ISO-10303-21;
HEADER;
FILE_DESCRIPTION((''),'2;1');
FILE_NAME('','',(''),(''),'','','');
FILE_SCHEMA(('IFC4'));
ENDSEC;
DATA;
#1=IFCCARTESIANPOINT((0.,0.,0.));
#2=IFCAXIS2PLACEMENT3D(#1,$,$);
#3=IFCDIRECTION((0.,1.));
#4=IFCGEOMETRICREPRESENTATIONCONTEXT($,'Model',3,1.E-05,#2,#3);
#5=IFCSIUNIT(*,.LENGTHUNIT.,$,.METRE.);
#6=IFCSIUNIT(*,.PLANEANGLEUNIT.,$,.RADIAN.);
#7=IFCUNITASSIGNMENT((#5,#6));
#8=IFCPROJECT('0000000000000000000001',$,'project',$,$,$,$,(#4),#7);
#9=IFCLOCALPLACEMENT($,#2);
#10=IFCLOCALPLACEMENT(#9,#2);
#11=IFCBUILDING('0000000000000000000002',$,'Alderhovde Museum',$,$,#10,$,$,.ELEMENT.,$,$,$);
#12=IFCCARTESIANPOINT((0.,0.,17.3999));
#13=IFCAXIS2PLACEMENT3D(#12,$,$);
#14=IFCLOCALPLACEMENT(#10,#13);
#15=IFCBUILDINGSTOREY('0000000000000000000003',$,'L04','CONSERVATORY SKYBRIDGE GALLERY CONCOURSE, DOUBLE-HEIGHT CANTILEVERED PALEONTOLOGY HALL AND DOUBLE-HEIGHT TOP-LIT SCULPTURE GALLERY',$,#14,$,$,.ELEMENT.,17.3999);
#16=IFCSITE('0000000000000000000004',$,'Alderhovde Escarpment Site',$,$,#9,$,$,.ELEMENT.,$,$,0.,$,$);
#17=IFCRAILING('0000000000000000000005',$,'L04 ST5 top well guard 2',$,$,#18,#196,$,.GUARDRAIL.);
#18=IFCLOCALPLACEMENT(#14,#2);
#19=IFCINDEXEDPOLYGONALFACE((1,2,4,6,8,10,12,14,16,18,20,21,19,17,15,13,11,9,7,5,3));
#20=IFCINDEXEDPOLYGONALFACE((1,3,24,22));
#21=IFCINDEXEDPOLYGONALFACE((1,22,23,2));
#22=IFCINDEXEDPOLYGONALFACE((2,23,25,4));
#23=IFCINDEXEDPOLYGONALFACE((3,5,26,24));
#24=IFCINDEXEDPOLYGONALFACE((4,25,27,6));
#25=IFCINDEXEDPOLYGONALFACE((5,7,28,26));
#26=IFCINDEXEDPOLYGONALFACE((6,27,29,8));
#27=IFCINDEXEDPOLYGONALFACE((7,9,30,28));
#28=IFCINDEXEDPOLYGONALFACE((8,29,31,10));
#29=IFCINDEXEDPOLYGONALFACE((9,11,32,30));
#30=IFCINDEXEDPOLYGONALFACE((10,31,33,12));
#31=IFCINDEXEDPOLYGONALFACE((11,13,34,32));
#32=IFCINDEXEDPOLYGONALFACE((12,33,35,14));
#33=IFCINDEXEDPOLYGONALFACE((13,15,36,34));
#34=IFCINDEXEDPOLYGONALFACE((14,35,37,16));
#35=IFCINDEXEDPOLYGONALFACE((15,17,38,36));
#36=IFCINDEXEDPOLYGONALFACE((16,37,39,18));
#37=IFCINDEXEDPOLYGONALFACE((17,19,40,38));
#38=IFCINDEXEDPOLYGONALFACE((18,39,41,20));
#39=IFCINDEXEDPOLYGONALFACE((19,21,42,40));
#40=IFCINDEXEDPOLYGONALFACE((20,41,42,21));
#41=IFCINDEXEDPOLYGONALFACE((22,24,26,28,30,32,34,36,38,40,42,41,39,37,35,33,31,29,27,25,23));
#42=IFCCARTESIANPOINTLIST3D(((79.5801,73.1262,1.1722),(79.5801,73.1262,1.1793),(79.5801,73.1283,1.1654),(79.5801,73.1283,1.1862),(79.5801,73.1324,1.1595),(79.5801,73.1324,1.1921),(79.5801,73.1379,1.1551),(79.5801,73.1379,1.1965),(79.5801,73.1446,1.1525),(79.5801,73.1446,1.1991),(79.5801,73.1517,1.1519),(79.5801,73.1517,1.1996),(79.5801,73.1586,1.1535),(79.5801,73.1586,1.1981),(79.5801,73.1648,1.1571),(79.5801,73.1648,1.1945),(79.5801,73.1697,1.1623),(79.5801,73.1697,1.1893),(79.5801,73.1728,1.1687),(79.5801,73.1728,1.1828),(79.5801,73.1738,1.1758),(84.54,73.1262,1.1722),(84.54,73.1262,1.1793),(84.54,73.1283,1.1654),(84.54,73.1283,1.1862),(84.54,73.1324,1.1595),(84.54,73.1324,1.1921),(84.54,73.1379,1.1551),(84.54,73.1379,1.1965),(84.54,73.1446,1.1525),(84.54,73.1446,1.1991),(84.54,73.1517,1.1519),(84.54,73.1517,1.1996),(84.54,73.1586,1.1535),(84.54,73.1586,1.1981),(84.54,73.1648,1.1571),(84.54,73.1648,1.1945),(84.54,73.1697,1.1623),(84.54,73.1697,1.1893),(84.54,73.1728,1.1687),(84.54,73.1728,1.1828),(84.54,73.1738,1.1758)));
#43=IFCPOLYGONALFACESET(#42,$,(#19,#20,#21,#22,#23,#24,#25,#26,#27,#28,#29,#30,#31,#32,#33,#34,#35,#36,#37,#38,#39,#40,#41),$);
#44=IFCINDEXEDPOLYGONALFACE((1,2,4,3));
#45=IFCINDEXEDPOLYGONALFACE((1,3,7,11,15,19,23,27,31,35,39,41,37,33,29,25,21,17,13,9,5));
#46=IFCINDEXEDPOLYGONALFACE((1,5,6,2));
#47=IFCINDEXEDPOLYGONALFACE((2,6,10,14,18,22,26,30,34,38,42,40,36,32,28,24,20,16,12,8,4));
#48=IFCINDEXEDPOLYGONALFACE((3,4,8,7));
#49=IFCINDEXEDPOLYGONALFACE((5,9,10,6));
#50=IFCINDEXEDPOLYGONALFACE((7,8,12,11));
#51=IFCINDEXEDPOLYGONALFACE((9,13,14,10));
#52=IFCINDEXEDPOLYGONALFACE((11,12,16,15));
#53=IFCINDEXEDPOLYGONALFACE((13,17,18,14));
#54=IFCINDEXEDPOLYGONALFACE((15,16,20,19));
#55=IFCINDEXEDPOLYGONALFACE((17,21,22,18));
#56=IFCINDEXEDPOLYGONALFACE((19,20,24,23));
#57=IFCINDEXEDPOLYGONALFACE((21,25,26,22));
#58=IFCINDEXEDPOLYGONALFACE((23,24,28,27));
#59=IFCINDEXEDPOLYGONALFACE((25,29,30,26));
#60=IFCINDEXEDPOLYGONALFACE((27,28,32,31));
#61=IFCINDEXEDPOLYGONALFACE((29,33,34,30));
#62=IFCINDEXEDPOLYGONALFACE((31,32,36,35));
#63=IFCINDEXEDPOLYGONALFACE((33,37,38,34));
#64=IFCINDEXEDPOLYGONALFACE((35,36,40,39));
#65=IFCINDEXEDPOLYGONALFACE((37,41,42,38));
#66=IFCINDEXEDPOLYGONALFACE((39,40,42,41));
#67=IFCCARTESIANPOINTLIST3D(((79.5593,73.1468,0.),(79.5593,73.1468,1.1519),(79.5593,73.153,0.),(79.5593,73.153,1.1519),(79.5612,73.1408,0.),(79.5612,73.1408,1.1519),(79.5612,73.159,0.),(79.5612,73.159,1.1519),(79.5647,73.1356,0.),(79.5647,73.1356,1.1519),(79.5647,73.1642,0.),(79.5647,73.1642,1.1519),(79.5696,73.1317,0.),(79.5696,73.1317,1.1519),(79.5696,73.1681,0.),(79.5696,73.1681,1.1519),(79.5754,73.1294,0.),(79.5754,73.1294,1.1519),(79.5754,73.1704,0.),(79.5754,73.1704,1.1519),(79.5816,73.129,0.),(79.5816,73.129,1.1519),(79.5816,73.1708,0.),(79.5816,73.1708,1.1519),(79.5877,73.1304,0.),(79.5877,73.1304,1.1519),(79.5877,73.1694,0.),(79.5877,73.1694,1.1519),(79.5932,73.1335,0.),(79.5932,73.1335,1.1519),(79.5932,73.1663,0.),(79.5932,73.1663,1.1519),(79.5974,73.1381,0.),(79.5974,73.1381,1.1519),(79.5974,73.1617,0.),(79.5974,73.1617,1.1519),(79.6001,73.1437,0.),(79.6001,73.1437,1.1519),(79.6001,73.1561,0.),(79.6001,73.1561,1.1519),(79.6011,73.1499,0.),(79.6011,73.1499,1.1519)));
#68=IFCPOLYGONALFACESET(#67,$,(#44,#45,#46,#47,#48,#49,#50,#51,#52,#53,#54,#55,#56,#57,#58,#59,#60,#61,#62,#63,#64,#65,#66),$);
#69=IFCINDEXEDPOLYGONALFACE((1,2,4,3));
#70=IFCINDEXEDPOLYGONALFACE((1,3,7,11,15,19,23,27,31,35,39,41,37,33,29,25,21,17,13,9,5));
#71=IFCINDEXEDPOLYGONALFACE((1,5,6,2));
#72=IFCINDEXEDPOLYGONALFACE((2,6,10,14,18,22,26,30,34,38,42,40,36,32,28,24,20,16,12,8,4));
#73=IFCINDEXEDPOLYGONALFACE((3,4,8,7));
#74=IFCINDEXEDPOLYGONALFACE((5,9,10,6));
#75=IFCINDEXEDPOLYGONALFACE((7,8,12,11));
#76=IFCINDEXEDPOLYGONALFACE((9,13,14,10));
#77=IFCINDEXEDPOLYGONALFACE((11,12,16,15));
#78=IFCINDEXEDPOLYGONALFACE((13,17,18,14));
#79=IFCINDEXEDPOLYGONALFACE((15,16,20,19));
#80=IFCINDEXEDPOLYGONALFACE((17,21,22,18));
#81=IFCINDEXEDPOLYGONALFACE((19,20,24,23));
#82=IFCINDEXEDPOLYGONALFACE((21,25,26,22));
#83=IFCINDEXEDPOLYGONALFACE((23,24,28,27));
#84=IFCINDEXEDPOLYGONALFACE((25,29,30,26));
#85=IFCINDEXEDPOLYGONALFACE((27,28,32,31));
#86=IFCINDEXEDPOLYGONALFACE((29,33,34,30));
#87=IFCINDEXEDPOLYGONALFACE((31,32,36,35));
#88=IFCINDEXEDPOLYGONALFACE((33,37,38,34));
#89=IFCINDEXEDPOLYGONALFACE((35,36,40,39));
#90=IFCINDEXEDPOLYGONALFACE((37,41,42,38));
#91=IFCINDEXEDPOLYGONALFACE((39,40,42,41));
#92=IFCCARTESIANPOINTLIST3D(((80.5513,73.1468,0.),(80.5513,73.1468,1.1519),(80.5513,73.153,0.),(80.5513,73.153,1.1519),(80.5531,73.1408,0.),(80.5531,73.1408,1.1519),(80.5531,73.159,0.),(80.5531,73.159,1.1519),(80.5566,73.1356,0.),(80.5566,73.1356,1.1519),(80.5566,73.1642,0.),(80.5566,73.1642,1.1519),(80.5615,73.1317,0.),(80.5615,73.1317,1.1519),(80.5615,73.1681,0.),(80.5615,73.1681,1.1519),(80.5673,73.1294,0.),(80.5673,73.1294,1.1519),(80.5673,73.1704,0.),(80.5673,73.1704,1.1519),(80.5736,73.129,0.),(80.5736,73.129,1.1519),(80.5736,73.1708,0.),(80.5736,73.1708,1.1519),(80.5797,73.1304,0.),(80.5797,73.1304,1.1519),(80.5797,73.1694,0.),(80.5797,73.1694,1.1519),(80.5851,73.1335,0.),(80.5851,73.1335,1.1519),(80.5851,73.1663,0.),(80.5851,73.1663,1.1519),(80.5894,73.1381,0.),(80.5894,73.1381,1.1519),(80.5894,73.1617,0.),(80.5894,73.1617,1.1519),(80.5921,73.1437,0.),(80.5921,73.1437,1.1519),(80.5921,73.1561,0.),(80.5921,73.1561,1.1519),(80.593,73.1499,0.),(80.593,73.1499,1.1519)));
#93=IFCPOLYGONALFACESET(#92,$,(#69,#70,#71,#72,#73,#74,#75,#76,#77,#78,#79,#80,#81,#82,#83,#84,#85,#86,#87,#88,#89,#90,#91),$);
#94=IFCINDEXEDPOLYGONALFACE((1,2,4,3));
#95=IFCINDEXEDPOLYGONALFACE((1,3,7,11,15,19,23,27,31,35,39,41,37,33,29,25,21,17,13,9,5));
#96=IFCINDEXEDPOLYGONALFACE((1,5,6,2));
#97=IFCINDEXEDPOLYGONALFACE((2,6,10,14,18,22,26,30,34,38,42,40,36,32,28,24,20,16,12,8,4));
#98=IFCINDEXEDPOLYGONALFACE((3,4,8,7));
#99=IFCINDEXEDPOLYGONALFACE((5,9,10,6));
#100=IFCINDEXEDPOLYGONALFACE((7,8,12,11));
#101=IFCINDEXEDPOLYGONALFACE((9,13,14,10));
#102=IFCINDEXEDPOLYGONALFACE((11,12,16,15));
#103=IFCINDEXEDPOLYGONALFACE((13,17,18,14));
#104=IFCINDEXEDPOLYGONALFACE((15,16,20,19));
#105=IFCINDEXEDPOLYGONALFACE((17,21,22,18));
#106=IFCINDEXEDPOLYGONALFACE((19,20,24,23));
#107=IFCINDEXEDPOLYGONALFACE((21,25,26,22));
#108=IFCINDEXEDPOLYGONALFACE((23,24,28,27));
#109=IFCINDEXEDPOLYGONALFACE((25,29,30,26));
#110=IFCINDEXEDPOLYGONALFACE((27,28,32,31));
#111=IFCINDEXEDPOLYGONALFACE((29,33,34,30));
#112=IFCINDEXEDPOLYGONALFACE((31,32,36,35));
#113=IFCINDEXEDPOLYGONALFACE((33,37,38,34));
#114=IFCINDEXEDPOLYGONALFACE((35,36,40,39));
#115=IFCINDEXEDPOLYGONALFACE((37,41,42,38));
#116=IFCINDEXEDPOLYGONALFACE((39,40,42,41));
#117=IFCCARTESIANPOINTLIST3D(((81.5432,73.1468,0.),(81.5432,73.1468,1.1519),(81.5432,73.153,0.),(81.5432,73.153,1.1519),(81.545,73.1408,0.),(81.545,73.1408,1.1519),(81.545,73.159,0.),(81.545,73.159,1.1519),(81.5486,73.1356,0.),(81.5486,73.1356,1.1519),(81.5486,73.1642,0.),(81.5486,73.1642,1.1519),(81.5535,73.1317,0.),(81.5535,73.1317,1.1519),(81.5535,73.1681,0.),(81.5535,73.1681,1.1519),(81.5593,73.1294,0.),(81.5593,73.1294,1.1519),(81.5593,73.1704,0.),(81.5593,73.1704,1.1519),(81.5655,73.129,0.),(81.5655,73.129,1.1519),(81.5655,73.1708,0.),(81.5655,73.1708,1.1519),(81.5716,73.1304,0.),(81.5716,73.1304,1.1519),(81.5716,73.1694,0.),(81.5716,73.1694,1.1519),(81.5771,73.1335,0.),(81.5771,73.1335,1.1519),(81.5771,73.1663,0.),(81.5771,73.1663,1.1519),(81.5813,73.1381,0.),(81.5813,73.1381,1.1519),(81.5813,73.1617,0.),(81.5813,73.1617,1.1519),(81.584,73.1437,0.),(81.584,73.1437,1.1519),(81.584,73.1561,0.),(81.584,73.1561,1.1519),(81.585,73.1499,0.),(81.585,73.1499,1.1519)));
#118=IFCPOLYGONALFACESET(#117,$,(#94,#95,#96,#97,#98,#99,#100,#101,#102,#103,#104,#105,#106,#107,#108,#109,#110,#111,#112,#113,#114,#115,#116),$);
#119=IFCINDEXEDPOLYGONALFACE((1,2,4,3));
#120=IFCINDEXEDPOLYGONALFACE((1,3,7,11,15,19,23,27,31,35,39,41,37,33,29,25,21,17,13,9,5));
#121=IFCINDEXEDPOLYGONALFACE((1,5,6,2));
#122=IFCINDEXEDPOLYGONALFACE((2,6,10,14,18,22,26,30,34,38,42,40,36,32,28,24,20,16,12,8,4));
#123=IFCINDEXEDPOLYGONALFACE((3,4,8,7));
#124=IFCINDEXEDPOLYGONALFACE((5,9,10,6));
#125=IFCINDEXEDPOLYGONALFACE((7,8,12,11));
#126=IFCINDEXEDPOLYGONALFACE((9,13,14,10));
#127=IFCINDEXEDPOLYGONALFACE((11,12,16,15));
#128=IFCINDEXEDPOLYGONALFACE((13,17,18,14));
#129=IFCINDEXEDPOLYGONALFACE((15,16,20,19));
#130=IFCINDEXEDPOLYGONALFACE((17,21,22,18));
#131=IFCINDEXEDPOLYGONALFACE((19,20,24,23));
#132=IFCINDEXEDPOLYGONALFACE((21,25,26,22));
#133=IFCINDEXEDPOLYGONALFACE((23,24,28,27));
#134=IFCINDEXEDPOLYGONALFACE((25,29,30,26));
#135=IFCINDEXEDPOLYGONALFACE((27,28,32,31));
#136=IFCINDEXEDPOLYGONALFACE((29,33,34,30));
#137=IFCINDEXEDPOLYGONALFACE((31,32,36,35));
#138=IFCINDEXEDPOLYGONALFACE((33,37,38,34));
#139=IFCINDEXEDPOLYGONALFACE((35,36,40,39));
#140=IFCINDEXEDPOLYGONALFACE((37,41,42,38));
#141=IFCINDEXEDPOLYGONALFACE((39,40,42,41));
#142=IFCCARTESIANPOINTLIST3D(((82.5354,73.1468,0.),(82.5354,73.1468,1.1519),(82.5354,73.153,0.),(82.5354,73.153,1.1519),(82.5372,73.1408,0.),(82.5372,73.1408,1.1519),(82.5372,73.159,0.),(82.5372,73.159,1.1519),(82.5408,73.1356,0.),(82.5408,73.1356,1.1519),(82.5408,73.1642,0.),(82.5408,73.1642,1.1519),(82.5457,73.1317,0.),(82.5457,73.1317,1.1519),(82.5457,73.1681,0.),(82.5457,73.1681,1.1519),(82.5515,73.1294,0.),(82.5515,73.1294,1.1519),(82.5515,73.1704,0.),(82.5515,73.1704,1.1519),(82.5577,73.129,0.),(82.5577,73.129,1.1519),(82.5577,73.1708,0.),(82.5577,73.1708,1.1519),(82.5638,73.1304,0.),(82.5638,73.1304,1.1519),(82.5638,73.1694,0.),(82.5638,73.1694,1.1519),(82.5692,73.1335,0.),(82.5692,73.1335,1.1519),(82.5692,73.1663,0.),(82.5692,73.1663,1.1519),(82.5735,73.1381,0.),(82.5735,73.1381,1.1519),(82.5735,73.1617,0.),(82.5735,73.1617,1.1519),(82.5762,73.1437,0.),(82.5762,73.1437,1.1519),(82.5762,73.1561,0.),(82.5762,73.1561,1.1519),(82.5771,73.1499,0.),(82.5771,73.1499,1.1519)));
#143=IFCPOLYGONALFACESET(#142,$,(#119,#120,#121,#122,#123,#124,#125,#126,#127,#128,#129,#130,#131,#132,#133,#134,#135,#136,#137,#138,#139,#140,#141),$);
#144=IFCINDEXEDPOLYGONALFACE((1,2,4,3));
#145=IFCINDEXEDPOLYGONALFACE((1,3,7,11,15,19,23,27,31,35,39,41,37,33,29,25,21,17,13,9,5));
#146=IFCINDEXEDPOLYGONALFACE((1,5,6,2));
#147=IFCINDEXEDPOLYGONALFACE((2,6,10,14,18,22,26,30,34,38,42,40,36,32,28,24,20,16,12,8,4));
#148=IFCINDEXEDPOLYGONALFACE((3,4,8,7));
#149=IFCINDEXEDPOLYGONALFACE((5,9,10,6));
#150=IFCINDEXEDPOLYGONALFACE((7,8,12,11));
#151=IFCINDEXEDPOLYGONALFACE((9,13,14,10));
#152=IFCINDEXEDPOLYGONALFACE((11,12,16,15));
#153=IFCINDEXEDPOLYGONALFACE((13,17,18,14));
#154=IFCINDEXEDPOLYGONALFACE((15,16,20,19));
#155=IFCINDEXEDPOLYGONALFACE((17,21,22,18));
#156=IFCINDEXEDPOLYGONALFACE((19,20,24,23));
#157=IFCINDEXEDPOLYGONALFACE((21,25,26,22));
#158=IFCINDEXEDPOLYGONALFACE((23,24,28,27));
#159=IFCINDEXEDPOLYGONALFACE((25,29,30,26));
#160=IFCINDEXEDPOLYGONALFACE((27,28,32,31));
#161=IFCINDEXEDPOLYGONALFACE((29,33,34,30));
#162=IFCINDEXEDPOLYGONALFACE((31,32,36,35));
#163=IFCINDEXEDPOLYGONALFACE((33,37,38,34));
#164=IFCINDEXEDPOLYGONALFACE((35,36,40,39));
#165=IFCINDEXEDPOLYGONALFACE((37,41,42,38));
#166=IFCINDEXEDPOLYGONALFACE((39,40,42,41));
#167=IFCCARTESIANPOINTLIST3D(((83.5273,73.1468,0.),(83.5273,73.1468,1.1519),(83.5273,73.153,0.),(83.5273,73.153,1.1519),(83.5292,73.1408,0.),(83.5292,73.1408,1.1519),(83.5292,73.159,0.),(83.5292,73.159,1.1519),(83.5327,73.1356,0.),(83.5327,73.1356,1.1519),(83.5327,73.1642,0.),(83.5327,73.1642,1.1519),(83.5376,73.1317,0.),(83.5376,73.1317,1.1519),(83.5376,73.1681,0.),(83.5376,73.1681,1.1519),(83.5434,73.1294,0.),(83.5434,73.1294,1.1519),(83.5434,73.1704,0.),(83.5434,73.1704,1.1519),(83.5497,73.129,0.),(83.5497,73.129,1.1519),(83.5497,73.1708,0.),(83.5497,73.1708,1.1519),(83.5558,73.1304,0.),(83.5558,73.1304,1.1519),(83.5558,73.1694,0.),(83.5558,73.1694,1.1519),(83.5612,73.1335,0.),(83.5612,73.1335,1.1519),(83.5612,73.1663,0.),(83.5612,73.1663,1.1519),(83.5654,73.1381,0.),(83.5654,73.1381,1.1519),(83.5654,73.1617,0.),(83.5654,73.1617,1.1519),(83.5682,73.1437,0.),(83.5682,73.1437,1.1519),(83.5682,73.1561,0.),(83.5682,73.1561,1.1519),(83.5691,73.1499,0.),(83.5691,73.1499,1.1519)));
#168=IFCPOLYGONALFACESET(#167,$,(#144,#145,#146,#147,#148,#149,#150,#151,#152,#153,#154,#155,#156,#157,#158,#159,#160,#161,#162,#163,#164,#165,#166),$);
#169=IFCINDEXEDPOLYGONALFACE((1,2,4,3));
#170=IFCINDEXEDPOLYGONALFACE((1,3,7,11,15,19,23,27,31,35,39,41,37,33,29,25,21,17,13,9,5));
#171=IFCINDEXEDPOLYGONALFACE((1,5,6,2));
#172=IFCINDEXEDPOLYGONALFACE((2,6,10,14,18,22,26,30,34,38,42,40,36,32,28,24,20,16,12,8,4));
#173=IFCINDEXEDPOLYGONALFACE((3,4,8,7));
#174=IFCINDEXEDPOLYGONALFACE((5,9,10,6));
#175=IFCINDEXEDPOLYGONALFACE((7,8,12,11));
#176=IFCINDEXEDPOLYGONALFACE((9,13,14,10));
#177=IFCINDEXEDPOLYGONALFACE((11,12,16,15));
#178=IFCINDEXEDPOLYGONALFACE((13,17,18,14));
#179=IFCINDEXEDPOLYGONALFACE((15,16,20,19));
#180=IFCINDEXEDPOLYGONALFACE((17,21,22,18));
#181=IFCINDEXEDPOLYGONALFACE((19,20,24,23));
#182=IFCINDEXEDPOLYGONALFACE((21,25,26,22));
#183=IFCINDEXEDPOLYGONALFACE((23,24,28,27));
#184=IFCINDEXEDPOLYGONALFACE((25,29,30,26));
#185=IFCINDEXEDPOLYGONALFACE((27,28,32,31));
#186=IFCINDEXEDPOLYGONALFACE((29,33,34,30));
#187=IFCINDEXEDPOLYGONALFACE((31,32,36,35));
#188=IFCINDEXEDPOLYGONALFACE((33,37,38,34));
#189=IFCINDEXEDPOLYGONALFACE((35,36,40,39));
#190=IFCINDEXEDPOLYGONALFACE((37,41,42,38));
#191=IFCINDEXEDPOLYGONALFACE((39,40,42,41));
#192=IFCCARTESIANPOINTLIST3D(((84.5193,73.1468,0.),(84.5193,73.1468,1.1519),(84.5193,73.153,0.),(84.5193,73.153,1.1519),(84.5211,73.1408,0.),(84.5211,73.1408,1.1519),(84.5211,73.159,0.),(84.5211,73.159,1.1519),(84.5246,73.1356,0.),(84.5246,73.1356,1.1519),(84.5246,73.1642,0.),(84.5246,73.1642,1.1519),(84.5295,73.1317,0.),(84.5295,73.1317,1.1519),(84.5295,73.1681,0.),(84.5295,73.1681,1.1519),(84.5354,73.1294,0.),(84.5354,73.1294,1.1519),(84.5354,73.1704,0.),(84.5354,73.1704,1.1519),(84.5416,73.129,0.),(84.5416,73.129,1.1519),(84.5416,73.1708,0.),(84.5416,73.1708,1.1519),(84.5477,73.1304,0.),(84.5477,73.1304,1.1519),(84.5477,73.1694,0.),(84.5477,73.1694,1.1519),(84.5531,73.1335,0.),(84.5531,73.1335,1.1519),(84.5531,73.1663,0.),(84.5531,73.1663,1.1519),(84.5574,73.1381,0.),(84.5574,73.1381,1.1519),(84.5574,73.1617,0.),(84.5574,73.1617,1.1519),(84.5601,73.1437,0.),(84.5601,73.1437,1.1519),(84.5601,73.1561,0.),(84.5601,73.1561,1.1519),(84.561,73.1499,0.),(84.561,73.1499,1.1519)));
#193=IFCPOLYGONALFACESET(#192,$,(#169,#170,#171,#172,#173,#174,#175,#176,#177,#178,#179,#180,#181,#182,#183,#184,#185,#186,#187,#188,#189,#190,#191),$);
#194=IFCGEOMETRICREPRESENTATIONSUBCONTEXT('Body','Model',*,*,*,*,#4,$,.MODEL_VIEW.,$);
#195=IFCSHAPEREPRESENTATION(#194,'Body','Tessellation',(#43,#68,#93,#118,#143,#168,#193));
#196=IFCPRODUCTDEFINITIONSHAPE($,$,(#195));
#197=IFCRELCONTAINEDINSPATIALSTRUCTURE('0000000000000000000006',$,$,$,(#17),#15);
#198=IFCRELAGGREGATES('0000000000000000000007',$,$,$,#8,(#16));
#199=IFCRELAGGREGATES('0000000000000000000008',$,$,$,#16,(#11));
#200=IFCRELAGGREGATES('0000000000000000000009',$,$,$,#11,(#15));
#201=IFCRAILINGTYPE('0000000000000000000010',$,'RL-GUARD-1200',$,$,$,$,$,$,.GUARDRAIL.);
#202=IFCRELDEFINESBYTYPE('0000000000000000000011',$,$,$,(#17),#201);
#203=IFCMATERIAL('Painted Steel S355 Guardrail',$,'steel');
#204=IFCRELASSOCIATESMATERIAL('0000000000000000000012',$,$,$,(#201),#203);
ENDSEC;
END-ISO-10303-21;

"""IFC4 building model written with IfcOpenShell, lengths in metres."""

from ifc_helpers import new_model, si_unit, direction, frame, origin, origin_2d, place, context, subcontext, project, spatial, circle, extrude, material, type_object, element, save


model = new_model("IFC4")

# Units and contexts
model_context = context("Model", 3, precision=1e-05, world=origin(), true_north=direction((0.0, 1.0)))
body_context = subcontext(model_context, "Body", "Model", "MODEL_VIEW")
ifc_project = project(units=[si_unit("LENGTHUNIT", "METRE"), si_unit("PLANEANGLEUNIT", "RADIAN")], contexts=[model_context])

# Site, building, storey
site_placement = place(None, origin())
site = spatial("IfcSite", under=ifc_project, at=site_placement, Name="Alderhovde Escarpment Site", CompositionType="ELEMENT", RefElevation=0.0)
building_placement = place(site_placement, origin())
building = spatial("IfcBuilding", under=site, at=building_placement, Name="Alderhovde Museum", CompositionType="ELEMENT")
storey_placement = place(building_placement, frame((0.0, 0.0, 17.3999)))
storey = spatial("IfcBuildingStorey", under=building, at=storey_placement, Name="L04", Description="CONSERVATORY SKYBRIDGE GALLERY CONCOURSE, DOUBLE-HEIGHT CANTILEVERED PALEONTOLOGY HALL AND DOUBLE-HEIGHT TOP-LIT SCULPTURE GALLERY", CompositionType="ELEMENT", Elevation=17.3999)

# Railing
ifc_material_1 = material(Name="Painted Steel S355 Guardrail", Category="steel")
railing_type = type_object("IfcRailingType", Name="RL-GUARD-1200", PredefinedType="GUARDRAIL", material=ifc_material_1)
for number, where, name in (
    (1, (79.5801, 73.1499, 0.0), "L04 ST5 top well guard 2"),
):
    element("IfcRailing", number, at=place(storey_placement, frame(where)), inside=storey, type_object=railing_type, Name=name, PredefinedType="GUARDRAIL", context=body_context, shape_type="SweptSolid", body=[
        extrude(circle(Radius=0.0239, at=origin_2d()), frame((0.0, 0.0, 1.1758), z_axis=(1.0, 0.0, 0.0), x_axis=(0.0, 1.0, 0.0)), (0.0, 0.0, 1.0), 4.96),
        extrude(circle(Radius=0.021, at=origin_2d()), origin(), (0.0, 0.0, 1.0), 1.1519),
        extrude(circle(Radius=0.021, at=origin_2d()), frame((0.9919, 0.0, 0.0)), (0.0, 0.0, 1.0), 1.1519),
        extrude(circle(Radius=0.021, at=origin_2d()), frame((1.9839, 0.0, 0.0)), (0.0, 0.0, 1.0), 1.1519),
        extrude(circle(Radius=0.021, at=origin_2d()), frame((2.9761, 0.0, 0.0)), (0.0, 0.0, 1.0), 1.1519),
        extrude(circle(Radius=0.021, at=origin_2d()), frame((3.968, 0.0, 0.0)), (0.0, 0.0, 1.0), 1.1519),
        extrude(circle(Radius=0.021, at=origin_2d()), frame((4.96, 0.0, 0.0)), (0.0, 0.0, 1.0), 1.1519),
    ])

save(model, "model.ifc")
